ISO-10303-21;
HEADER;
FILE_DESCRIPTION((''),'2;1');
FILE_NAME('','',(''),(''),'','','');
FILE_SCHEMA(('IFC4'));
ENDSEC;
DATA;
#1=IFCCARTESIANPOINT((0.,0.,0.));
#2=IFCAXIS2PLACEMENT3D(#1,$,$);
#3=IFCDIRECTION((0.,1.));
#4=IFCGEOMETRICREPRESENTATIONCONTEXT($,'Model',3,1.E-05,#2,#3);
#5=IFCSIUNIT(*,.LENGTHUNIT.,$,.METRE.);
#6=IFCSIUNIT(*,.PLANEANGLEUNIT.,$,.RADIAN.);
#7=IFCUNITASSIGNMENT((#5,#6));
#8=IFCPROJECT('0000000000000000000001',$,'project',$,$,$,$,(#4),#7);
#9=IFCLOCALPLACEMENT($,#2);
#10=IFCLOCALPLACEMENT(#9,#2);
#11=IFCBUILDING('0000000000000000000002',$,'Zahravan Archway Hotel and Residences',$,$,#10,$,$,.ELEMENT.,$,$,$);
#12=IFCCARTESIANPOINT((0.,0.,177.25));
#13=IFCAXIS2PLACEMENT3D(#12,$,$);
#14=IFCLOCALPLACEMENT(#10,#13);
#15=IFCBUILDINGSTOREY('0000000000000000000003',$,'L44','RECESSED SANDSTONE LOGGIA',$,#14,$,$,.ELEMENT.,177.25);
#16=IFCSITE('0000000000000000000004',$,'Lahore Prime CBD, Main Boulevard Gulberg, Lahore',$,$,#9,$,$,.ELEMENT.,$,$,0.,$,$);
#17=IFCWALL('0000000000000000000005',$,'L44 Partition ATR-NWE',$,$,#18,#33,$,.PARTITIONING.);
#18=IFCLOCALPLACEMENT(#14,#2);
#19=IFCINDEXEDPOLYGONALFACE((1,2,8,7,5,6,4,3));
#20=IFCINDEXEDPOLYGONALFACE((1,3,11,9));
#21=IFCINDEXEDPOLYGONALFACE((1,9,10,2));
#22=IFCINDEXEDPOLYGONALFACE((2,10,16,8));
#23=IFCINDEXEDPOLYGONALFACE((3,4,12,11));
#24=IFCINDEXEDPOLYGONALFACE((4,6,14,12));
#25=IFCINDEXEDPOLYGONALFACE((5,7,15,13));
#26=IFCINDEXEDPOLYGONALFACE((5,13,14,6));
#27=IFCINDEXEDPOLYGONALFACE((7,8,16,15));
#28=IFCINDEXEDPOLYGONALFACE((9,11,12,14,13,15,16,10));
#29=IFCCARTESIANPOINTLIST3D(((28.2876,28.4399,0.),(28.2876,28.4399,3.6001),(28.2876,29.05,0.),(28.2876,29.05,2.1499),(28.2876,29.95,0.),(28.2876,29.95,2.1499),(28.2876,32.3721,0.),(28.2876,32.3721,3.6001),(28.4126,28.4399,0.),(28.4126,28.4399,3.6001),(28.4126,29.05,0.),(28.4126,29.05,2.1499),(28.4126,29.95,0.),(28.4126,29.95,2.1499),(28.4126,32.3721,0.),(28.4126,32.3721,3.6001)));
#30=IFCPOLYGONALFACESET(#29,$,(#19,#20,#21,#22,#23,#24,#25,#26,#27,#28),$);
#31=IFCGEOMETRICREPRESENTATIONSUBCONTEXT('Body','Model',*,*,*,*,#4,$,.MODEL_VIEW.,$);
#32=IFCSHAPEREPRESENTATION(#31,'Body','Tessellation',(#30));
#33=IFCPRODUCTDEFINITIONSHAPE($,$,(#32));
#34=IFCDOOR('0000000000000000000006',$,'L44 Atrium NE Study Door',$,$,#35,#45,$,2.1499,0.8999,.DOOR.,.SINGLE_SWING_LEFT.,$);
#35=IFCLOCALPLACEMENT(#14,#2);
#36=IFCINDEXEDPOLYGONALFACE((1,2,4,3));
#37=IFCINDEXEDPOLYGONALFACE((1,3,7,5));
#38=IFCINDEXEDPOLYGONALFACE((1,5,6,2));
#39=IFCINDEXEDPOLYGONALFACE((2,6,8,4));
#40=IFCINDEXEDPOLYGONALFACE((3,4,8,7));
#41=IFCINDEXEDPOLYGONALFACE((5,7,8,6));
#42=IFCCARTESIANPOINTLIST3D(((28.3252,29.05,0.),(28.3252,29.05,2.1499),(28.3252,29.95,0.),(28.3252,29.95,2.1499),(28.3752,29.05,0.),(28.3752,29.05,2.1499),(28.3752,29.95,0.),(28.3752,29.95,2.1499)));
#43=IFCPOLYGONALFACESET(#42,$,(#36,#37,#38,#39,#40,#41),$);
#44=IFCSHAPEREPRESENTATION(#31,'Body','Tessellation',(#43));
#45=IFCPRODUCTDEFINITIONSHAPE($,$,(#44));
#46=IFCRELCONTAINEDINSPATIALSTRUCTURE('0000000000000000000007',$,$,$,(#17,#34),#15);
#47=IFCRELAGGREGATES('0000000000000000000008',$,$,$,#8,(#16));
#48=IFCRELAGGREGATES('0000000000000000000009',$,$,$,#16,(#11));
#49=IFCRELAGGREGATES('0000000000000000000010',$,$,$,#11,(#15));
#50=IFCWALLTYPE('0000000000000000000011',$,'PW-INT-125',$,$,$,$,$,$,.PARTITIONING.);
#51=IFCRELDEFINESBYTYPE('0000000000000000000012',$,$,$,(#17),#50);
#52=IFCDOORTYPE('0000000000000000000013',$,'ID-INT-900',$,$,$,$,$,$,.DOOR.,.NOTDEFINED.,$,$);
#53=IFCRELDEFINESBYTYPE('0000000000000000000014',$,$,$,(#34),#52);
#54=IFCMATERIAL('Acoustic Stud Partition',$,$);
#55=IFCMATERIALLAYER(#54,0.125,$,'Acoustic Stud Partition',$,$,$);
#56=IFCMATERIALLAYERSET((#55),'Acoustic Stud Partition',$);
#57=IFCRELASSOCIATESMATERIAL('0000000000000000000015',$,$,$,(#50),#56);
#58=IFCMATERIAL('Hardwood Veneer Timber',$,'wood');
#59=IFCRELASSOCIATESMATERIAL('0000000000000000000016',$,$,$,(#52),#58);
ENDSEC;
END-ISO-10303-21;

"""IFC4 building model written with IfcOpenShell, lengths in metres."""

from ifc_helpers import new_model, si_unit, direction, frame, frame_2d, origin, place, context, subcontext, project, spatial, rectangle, extrude, source, transform, mapped, material, layer, layer_set, type_object, type_shapes, element, fill, save


model = new_model("IFC4")

# Units and contexts
model_context = context("Model", 3, precision=1e-05, world=origin(), true_north=direction((0.0, 1.0)))
body_context = subcontext(model_context, "Body", "Model", "MODEL_VIEW")
ifc_project = project(units=[si_unit("LENGTHUNIT", "METRE"), si_unit("PLANEANGLEUNIT", "RADIAN")], contexts=[model_context])

# Site, building, storey
site_placement = place(None, origin())
site = spatial("IfcSite", under=ifc_project, at=site_placement, Name="Lahore Prime CBD, Main Boulevard Gulberg, Lahore", CompositionType="ELEMENT", RefElevation=0.0)
building_placement = place(site_placement, origin())
building = spatial("IfcBuilding", under=site, at=building_placement, Name="Zahravan Archway Hotel and Residences", CompositionType="ELEMENT")
storey_placement = place(building_placement, frame((0.0, 0.0, 177.25)))
storey = spatial("IfcBuildingStorey", under=building, at=storey_placement, Name="L44", Description="RECESSED SANDSTONE LOGGIA", CompositionType="ELEMENT", Elevation=177.25)

# Wall, opening, door
ifc_material_1 = material(Name="Acoustic Stud Partition")
ifc_layer_1 = layer(ifc_material_1, 0.125, Name="Acoustic Stud Partition")
ifc_layer_set_1 = layer_set([ifc_layer_1], Name="Acoustic Stud Partition")
wall_type = type_object("IfcWallType", Name="PW-INT-125", PredefinedType="PARTITIONING", material=ifc_layer_set_1)
wall_placement = place(storey_placement, frame((28.3501, 28.4399, 0.0), z_axis=(0.0, 0.0, 1.0), x_axis=(0.0, 1.0, 0.0)))
wall = element("IfcWall", 1, at=wall_placement, inside=storey, type_object=wall_type, Name="L44 Partition ATR-NWE", PredefinedType="PARTITIONING", context=body_context, shape_type="SweptSolid", body=[
    extrude(rectangle(XDim=3.9321, YDim=0.125, at=frame_2d((1.9661, 0.0))), origin(), (0.0, 0.0, 1.0), 3.6001),
])
opening_placement = place(wall_placement, frame((0.6101, 0.0, 0.0)))
opening = element("IfcOpeningElement", 2, at=opening_placement, cuts=wall, PredefinedType="OPENING", context=body_context, shape_type="SweptSolid", body=[
    extrude(rectangle(XDim=0.8999, YDim=2.1499, at=frame_2d((0.45, 1.075))), frame((0.0, 0.0725, 0.0), z_axis=(0.0, -1.0, 0.0), x_axis=(1.0, 0.0, 0.0)), (0.0, 0.0, 1.0), 0.145),
])
ifc_material_2 = material(Name="Hardwood Veneer Timber", Category="wood")
door_type = type_object("IfcDoorType", Name="ID-INT-900", OperationType="NOTDEFINED", PredefinedType="DOOR", material=ifc_material_2)
shared_shape_1 = source(origin(), body_context, "Body", "SweptSolid", [
    extrude(rectangle(XDim=0.8999, YDim=2.1499, at=frame_2d((0.45, 1.075))), frame((0.0, 0.0249, 0.0), z_axis=(0.0, -1.0, 0.0), x_axis=(1.0, 0.0, 0.0)), (0.0, 0.0, 1.0), 0.05),
])
type_shapes(door_type, [shared_shape_1])
door_placement = place(opening_placement, origin())
door = element("IfcDoor", 3, at=door_placement, inside=storey, type_object=door_type, Name="L44 Atrium NE Study Door", OperationType="SINGLE_SWING_LEFT", OverallHeight=2.1499, OverallWidth=0.8999, PredefinedType="DOOR", context=body_context, shape_type="MappedRepresentation", body=[
    mapped(shared_shape_1, transform((0.0, 0.0, 0.0), scale=1.0)),
])
fill(opening, door)

save(model, "model.ifc")
